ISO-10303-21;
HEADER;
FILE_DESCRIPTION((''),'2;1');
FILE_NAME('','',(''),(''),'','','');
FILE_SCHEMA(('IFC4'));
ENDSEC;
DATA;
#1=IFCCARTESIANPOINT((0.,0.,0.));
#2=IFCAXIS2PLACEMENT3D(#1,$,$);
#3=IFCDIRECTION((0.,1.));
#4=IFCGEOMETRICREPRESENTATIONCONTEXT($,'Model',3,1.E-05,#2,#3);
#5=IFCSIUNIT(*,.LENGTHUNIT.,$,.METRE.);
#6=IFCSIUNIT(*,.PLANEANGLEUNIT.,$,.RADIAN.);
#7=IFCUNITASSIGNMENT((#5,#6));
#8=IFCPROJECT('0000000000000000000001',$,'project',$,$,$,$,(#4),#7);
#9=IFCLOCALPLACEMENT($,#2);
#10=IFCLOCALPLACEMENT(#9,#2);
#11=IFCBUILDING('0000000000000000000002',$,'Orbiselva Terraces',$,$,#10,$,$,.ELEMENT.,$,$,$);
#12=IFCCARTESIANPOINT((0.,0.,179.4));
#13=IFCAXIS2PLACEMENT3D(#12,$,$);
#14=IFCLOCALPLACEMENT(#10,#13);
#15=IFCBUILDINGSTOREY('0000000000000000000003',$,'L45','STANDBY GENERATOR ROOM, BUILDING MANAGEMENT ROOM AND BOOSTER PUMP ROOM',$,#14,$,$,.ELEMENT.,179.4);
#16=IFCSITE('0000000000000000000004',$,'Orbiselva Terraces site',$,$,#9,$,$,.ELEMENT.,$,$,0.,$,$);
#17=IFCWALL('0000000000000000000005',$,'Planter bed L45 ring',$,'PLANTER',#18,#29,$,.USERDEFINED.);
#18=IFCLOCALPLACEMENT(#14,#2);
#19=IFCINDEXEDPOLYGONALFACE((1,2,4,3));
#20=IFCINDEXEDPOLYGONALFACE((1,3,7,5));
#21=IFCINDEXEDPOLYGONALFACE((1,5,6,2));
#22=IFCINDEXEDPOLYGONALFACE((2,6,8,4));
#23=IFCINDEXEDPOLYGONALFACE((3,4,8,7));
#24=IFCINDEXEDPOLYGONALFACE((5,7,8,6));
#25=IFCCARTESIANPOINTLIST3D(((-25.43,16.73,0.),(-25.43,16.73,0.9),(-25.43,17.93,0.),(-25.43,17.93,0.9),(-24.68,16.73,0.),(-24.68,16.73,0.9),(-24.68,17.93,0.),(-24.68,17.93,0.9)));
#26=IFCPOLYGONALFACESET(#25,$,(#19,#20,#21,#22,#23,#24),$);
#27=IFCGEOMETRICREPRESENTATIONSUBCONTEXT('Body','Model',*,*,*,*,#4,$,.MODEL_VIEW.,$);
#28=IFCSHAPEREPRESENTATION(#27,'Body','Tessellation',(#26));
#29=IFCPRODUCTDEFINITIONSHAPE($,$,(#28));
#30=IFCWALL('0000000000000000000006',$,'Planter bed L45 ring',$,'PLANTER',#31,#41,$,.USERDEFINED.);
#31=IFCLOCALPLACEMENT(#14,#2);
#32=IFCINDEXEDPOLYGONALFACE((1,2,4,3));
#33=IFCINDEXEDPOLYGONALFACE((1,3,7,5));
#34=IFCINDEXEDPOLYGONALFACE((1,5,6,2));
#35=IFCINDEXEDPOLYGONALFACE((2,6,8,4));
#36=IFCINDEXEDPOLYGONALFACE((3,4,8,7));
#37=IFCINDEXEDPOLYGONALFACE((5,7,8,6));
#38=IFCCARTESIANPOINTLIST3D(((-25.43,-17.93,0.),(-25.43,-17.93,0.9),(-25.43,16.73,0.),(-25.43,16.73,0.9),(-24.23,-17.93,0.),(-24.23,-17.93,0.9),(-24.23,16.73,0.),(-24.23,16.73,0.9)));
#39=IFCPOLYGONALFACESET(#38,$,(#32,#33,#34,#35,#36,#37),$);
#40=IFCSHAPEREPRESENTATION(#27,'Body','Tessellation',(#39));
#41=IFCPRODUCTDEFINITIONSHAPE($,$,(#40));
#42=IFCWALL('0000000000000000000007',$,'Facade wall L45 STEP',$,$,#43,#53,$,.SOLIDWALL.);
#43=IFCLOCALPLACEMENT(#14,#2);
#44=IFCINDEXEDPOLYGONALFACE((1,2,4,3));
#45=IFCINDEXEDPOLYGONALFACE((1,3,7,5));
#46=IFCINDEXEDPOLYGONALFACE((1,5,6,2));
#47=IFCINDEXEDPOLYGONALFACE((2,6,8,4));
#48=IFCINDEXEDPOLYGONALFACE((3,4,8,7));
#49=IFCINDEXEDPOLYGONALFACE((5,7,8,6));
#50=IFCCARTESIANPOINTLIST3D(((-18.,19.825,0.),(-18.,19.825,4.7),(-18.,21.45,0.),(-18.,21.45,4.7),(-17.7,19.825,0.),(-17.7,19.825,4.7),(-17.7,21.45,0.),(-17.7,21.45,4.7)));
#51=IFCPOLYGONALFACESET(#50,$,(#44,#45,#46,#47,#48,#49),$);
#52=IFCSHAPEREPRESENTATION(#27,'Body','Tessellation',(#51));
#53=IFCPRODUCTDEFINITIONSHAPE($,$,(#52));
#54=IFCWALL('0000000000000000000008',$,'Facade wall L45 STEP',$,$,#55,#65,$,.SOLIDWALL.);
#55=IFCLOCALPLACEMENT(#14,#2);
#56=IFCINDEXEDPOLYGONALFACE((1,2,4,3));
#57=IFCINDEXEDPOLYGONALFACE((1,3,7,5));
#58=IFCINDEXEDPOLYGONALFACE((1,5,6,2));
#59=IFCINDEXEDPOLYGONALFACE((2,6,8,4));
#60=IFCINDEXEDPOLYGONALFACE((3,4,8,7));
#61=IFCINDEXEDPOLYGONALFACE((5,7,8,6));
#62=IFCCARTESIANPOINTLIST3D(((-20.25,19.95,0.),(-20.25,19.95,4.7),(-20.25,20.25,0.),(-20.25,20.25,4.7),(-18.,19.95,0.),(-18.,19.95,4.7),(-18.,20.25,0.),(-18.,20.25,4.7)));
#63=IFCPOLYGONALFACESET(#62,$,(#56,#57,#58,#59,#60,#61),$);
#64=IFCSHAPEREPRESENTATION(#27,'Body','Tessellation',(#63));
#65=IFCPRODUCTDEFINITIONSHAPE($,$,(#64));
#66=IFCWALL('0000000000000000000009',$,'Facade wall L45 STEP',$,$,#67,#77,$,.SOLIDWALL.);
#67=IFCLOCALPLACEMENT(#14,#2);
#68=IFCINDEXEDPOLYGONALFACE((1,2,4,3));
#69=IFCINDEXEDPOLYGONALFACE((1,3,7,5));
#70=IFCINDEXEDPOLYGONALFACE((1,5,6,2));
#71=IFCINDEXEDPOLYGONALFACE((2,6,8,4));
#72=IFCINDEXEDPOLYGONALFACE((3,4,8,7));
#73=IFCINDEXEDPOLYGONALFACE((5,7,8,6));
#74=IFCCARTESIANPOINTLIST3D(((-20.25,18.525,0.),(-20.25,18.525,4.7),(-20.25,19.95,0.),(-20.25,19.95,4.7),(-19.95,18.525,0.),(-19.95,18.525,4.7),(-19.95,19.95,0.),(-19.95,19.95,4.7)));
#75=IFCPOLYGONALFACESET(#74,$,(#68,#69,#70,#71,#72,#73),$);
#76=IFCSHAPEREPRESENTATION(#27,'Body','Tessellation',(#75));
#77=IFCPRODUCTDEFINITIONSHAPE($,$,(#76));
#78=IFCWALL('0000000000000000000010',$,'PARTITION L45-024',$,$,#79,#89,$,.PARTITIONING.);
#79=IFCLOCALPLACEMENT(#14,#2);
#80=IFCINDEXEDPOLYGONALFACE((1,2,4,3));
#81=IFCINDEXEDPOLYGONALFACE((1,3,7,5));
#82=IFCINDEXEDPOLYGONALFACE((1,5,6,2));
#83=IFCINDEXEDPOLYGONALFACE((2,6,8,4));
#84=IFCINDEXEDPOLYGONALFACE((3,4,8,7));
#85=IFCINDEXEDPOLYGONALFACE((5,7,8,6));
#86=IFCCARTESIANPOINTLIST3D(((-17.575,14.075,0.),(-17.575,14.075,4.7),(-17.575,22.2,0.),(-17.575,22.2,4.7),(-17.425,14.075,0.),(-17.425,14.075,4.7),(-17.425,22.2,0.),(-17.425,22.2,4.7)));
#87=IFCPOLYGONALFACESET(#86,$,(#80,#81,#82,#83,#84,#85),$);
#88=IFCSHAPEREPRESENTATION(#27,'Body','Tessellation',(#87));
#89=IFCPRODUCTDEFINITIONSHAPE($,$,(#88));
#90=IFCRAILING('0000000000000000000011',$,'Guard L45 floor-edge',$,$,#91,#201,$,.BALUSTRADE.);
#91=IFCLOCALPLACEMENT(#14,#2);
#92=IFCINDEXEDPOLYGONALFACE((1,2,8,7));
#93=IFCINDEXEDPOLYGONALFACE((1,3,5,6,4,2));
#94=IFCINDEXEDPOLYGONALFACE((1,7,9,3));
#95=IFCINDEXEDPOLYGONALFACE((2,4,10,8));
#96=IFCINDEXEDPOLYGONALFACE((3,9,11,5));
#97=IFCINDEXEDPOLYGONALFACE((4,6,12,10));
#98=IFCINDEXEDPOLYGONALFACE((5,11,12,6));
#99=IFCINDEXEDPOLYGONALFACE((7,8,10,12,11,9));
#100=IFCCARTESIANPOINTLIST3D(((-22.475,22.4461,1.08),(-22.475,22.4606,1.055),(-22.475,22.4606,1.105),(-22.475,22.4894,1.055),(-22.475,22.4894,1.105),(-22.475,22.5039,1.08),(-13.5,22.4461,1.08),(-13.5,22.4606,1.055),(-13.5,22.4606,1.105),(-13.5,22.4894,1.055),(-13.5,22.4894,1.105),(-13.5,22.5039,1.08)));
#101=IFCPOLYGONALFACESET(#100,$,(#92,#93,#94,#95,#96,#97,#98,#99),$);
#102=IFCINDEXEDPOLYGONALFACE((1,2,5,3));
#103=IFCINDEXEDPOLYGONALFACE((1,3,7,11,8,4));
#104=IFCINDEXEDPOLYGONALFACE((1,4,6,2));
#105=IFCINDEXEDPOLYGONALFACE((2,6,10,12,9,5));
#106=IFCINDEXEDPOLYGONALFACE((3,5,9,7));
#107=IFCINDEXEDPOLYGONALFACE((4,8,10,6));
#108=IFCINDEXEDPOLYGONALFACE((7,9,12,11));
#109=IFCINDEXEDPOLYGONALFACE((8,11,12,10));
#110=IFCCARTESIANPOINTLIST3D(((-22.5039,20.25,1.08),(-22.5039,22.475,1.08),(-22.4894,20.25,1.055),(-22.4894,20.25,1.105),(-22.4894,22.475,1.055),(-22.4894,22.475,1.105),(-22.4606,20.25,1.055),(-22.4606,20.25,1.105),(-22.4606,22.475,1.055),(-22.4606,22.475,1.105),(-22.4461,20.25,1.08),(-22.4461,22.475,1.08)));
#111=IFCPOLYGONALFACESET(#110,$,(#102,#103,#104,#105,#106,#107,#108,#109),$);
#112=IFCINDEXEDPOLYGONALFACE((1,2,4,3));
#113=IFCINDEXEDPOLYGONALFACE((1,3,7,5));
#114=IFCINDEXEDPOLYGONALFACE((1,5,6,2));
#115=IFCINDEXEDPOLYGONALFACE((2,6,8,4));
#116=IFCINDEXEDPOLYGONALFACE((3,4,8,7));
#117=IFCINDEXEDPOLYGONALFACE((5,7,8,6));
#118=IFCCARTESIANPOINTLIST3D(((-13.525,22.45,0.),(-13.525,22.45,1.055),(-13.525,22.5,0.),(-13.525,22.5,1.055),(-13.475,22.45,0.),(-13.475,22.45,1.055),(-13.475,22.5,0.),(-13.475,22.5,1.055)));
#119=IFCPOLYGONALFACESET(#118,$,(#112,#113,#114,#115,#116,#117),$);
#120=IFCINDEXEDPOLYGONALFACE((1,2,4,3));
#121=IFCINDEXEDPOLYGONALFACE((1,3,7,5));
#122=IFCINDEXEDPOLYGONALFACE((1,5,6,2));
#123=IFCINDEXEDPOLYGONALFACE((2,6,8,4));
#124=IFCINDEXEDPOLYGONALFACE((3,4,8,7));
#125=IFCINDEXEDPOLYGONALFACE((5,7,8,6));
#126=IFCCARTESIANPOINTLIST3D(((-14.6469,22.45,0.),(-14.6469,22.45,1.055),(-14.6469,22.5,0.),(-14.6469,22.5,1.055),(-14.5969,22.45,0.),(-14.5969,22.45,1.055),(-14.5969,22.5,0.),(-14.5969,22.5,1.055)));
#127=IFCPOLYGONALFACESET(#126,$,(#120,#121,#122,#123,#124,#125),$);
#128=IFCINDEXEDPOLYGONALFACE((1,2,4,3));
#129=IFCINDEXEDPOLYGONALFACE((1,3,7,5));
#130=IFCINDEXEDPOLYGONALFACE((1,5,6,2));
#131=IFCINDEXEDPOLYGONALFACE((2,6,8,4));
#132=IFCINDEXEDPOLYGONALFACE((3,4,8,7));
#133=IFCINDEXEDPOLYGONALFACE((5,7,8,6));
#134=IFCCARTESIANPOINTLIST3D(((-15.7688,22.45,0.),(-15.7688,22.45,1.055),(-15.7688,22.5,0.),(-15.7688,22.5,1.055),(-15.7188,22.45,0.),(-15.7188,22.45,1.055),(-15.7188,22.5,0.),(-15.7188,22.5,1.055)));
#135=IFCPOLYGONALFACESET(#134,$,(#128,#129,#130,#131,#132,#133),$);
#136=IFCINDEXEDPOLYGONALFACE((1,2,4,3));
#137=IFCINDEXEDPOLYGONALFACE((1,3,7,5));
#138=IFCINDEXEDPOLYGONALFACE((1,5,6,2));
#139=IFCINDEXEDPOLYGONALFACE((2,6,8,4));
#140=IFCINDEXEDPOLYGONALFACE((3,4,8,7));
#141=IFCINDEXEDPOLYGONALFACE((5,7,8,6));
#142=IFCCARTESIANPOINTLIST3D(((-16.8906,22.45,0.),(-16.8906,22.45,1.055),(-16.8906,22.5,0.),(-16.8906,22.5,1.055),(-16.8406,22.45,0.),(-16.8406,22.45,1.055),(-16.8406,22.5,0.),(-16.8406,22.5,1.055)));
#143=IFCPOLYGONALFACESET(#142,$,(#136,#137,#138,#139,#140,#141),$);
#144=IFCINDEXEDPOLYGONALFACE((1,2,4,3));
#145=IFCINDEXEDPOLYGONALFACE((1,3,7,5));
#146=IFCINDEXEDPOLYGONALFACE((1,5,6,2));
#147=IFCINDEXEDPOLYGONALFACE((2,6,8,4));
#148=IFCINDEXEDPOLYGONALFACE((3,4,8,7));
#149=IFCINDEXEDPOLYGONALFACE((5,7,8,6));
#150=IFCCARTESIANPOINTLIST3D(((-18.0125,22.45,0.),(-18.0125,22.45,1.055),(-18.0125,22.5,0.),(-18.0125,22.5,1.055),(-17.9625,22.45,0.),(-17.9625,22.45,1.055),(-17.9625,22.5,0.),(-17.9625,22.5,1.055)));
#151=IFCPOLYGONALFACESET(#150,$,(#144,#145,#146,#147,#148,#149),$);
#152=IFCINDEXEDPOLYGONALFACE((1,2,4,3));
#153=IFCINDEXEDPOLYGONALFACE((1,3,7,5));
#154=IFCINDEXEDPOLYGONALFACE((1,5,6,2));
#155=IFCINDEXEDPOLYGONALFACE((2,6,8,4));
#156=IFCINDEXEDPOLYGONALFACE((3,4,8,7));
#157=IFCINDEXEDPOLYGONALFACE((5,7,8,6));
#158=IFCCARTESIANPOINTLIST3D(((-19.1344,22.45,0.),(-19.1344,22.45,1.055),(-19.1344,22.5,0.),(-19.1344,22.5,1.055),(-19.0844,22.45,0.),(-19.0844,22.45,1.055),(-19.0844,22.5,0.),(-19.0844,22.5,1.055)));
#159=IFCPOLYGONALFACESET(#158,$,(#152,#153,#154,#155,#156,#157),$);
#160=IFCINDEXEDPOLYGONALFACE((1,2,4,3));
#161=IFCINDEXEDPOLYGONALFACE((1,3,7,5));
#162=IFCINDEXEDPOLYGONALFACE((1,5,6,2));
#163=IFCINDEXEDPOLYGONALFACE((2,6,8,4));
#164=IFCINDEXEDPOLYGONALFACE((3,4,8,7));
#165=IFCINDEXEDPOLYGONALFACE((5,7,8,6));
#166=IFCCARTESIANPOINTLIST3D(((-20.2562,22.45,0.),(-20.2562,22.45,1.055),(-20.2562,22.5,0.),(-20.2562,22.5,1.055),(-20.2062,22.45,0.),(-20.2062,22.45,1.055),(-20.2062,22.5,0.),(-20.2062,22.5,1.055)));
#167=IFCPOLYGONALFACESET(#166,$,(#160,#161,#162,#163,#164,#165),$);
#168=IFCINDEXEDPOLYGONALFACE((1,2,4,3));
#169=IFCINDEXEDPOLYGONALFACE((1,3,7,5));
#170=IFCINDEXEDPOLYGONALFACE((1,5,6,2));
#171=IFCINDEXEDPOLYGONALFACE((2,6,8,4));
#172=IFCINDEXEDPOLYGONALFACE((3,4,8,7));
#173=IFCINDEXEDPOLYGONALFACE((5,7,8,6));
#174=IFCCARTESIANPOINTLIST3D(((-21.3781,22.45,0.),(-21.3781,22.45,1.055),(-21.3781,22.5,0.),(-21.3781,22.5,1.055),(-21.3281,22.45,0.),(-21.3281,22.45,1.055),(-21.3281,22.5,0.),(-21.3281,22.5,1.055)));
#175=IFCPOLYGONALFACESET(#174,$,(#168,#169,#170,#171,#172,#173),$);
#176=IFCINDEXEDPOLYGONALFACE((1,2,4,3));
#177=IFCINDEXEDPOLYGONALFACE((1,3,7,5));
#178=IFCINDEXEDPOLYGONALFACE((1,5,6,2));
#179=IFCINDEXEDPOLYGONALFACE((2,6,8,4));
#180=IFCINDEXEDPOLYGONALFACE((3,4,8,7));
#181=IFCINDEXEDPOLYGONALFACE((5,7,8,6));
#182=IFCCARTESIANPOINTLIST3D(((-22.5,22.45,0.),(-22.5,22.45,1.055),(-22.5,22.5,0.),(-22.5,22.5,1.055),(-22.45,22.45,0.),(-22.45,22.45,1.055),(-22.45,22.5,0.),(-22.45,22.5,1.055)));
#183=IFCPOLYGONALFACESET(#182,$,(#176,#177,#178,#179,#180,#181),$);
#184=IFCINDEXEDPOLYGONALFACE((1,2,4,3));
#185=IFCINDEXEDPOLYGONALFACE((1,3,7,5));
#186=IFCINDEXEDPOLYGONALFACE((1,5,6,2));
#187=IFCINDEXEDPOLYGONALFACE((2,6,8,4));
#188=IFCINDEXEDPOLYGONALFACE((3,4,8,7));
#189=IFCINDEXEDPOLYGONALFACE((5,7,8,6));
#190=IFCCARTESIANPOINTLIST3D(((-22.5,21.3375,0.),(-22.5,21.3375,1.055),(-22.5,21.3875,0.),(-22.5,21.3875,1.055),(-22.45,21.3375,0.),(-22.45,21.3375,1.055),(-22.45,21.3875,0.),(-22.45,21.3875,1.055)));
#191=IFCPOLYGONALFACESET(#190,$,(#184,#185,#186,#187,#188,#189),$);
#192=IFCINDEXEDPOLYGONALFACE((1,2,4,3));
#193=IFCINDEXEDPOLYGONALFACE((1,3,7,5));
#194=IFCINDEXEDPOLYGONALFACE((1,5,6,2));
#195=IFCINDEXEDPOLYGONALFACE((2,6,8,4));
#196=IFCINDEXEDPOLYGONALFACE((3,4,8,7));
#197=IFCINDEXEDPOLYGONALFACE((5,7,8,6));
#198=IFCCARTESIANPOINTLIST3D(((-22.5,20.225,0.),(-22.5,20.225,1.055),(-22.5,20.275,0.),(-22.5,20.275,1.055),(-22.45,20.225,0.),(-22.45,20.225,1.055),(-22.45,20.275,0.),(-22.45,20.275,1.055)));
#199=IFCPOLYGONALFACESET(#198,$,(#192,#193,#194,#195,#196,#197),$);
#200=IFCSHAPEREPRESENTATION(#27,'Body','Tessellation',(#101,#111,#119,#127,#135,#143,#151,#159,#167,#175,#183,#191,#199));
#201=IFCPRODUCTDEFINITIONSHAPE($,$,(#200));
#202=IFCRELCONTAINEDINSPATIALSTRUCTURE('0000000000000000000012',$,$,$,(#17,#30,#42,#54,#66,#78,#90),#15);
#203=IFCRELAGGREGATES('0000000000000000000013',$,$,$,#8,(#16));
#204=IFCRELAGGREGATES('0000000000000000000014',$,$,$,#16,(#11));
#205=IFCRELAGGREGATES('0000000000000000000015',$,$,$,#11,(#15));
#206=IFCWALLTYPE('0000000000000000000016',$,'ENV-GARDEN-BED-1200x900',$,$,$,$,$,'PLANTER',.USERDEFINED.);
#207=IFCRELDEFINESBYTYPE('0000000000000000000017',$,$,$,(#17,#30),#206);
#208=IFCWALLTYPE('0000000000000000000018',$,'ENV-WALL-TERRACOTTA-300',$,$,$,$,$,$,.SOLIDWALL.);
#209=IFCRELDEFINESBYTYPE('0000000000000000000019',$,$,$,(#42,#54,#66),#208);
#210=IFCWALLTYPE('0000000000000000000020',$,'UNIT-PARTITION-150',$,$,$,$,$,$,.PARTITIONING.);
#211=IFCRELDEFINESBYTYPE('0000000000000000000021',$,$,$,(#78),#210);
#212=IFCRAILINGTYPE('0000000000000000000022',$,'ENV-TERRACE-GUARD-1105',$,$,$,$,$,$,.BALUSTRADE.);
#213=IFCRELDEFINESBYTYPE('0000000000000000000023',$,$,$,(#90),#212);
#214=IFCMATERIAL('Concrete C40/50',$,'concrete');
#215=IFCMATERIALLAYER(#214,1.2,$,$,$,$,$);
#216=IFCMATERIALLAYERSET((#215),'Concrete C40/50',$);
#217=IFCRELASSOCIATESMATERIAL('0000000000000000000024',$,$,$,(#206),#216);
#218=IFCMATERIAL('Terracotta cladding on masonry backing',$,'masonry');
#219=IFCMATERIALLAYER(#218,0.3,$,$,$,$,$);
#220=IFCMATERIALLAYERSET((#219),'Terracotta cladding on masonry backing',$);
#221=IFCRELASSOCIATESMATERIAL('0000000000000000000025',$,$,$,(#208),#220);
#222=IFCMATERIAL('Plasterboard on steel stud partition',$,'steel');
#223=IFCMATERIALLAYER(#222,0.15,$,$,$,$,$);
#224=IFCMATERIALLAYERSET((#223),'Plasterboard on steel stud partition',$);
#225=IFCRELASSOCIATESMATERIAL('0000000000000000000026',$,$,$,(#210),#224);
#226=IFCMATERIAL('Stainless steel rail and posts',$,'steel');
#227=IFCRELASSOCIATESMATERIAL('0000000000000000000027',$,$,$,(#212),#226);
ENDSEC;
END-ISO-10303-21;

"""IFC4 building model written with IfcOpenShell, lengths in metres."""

from ifc_helpers import new_model, si_unit, direction, frame, frame_2d, origin, origin_2d, place, context, subcontext, project, spatial, polyline, rectangle, outline, extrude, material, layer, layer_set, type_object, element, save


model = new_model("IFC4")

# Units and contexts
model_context = context("Model", 3, precision=1e-05, world=origin(), true_north=direction((0.0, 1.0)))
body_context = subcontext(model_context, "Body", "Model", "MODEL_VIEW")
ifc_project = project(units=[si_unit("LENGTHUNIT", "METRE"), si_unit("PLANEANGLEUNIT", "RADIAN")], contexts=[model_context])

# Site, building, storey
site_placement = place(None, origin())
site = spatial("IfcSite", under=ifc_project, at=site_placement, Name="Orbiselva Terraces site", CompositionType="ELEMENT", RefElevation=0.0)
building_placement = place(site_placement, origin())
building = spatial("IfcBuilding", under=site, at=building_placement, Name="Orbiselva Terraces", CompositionType="ELEMENT")
storey_placement = place(building_placement, frame((0.0, 0.0, 179.4)))
storey = spatial("IfcBuildingStorey", under=building, at=storey_placement, Name="L45", Description="STANDBY GENERATOR ROOM, BUILDING MANAGEMENT ROOM AND BOOSTER PUMP ROOM", CompositionType="ELEMENT", Elevation=179.4)

# Walls
ifc_material_1 = material(Name="Concrete C40/50", Category="concrete")
ifc_layer_1 = layer(ifc_material_1, 1.2)
ifc_layer_set_1 = layer_set([ifc_layer_1], Name="Concrete C40/50")
wall_type_1 = type_object("IfcWallType", Name="ENV-GARDEN-BED-1200x900", ElementType="PLANTER", PredefinedType="USERDEFINED", material=ifc_layer_set_1)
wall_1_placement = place(storey_placement, frame((-24.68, 17.33, 0.0), z_axis=(0.0, 0.0, 1.0), x_axis=(-1.0, 0.0, 0.0)))
element("IfcWall", 1, at=wall_1_placement, inside=storey, type_object=wall_type_1, Name="Planter bed L45 ring", ObjectType="PLANTER", PredefinedType="USERDEFINED", context=body_context, shape_type="SweptSolid", body=[
    extrude(rectangle(XDim=0.75, YDim=1.2, at=frame_2d((0.375, 0.0))), origin(), (0.0, 0.0, 1.0), 0.9),
])
wall_2_placement = place(storey_placement, frame((-24.83, 16.73, 0.0), z_axis=(0.0, 0.0, 1.0), x_axis=(0.0, -1.0, 0.0)))
element("IfcWall", 2, at=wall_2_placement, inside=storey, type_object=wall_type_1, Name="Planter bed L45 ring", ObjectType="PLANTER", PredefinedType="USERDEFINED", context=body_context, shape_type="SweptSolid", body=[
    extrude(rectangle(XDim=34.66, YDim=1.2, at=frame_2d((17.33, 0.0))), origin(), (0.0, 0.0, 1.0), 0.9),
])
ifc_material_2 = material(Name="Terracotta cladding on masonry backing", Category="masonry")
ifc_layer_2 = layer(ifc_material_2, 0.3)
ifc_layer_set_2 = layer_set([ifc_layer_2], Name="Terracotta cladding on masonry backing")
wall_type_2 = type_object("IfcWallType", Name="ENV-WALL-TERRACOTTA-300", PredefinedType="SOLIDWALL", material=ifc_layer_set_2)
wall_3_placement = place(storey_placement, frame((-17.85, 19.825, 0.0), z_axis=(0.0, 0.0, 1.0), x_axis=(0.0, 1.0, 0.0)))
element("IfcWall", 3, at=wall_3_placement, inside=storey, type_object=wall_type_2, Name="Facade wall L45 STEP", PredefinedType="SOLIDWALL", context=body_context, shape_type="SweptSolid", body=[
    extrude(rectangle(XDim=1.625, YDim=0.3, at=frame_2d((0.8125, 0.0))), origin(), (0.0, 0.0, 1.0), 4.7),
])
wall_4_placement = place(storey_placement, frame((-20.25, 20.1, 0.0), z_axis=(0.0, 0.0, 1.0), x_axis=(1.0, 0.0, 0.0)))
element("IfcWall", 4, at=wall_4_placement, inside=storey, type_object=wall_type_2, Name="Facade wall L45 STEP", PredefinedType="SOLIDWALL", context=body_context, shape_type="SweptSolid", body=[
    extrude(rectangle(XDim=2.25, YDim=0.3, at=frame_2d((1.125, 0.0))), origin(), (0.0, 0.0, 1.0), 4.7),
])
wall_5_placement = place(storey_placement, frame((-20.1, 18.525, 0.0), z_axis=(0.0, 0.0, 1.0), x_axis=(0.0, 1.0, 0.0)))
element("IfcWall", 5, at=wall_5_placement, inside=storey, type_object=wall_type_2, Name="Facade wall L45 STEP", PredefinedType="SOLIDWALL", context=body_context, shape_type="SweptSolid", body=[
    extrude(rectangle(XDim=1.425, YDim=0.3, at=frame_2d((0.7125, 0.0))), origin(), (0.0, 0.0, 1.0), 4.7),
])
ifc_material_3 = material(Name="Plasterboard on steel stud partition", Category="steel")
ifc_layer_3 = layer(ifc_material_3, 0.15)
ifc_layer_set_3 = layer_set([ifc_layer_3], Name="Plasterboard on steel stud partition")
wall_type_3 = type_object("IfcWallType", Name="UNIT-PARTITION-150", PredefinedType="PARTITIONING", material=ifc_layer_set_3)
wall_6_placement = place(storey_placement, frame((-17.5, 14.075, 0.0), z_axis=(0.0, 0.0, 1.0), x_axis=(0.0, 1.0, 0.0)))
element("IfcWall", 6, at=wall_6_placement, inside=storey, type_object=wall_type_3, Name="PARTITION L45-024", PredefinedType="PARTITIONING", context=body_context, shape_type="SweptSolid", body=[
    extrude(rectangle(XDim=8.125, YDim=0.15, at=frame_2d((4.0625, 0.0))), origin(), (0.0, 0.0, 1.0), 4.7),
])

# Railing
ifc_material_4 = material(Name="Stainless steel rail and posts", Category="steel")
railing_type = type_object("IfcRailingType", Name="ENV-TERRACE-GUARD-1105", PredefinedType="BALUSTRADE", material=ifc_material_4)
railing_1_placement = place(storey_placement, frame((-13.5, 22.475, 0.0)))
element("IfcRailing", 7, at=railing_1_placement, inside=storey, type_object=railing_type, Name="Guard L45 floor-edge", PredefinedType="BALUSTRADE", context=body_context, shape_type="SweptSolid", body=[
    extrude(outline(polyline([(0.0289, 0.0), (0.0144, 0.025), (-0.0144, 0.025), (-0.0289, 0.0), (-0.0144, -0.025), (0.0144, -0.025), (0.0289, 0.0)])), frame((0.0, 0.0, 1.08), z_axis=(-1.0, 0.0, 0.0), x_axis=(0.0, -1.0, 0.0)), (0.0, 0.0, 1.0), 8.975),
    extrude(outline(polyline([(0.0289, 0.0), (0.0144, 0.025), (-0.0144, 0.025), (-0.0289, 0.0), (-0.0144, -0.025), (0.0144, -0.025), (0.0289, 0.0)])), frame((-8.975, 0.0, 1.08), z_axis=(0.0, -1.0, 0.0), x_axis=(1.0, 0.0, 0.0)), (0.0, 0.0, 1.0), 2.225),
    extrude(rectangle(XDim=0.05, YDim=0.05, at=origin_2d()), origin(), (0.0, 0.0, 1.0), 1.055),
    extrude(rectangle(XDim=0.05, YDim=0.05, at=origin_2d()), frame((-1.1219, 0.0, 0.0)), (0.0, 0.0, 1.0), 1.055),
    extrude(rectangle(XDim=0.05, YDim=0.05, at=origin_2d()), frame((-2.2437, 0.0, 0.0)), (0.0, 0.0, 1.0), 1.055),
    extrude(rectangle(XDim=0.05, YDim=0.05, at=origin_2d()), frame((-3.3656, 0.0, 0.0)), (0.0, 0.0, 1.0), 1.055),
    extrude(rectangle(XDim=0.05, YDim=0.05, at=origin_2d()), frame((-4.4875, 0.0, 0.0)), (0.0, 0.0, 1.0), 1.055),
    extrude(rectangle(XDim=0.05, YDim=0.05, at=origin_2d()), frame((-5.6094, 0.0, 0.0)), (0.0, 0.0, 1.0), 1.055),
    extrude(rectangle(XDim=0.05, YDim=0.05, at=origin_2d()), frame((-6.7313, 0.0, 0.0)), (0.0, 0.0, 1.0), 1.055),
    extrude(rectangle(XDim=0.05, YDim=0.05, at=origin_2d()), frame((-7.8531, 0.0, 0.0)), (0.0, 0.0, 1.0), 1.055),
    extrude(rectangle(XDim=0.05, YDim=0.05, at=origin_2d()), frame((-8.975, 0.0, 0.0)), (0.0, 0.0, 1.0), 1.055),
    extrude(rectangle(XDim=0.05, YDim=0.05, at=origin_2d()), frame((-8.975, -1.1125, 0.0)), (0.0, 0.0, 1.0), 1.055),
    extrude(rectangle(XDim=0.05, YDim=0.05, at=origin_2d()), frame((-8.975, -2.225, 0.0)), (0.0, 0.0, 1.0), 1.055),
])

save(model, "model.ifc")
